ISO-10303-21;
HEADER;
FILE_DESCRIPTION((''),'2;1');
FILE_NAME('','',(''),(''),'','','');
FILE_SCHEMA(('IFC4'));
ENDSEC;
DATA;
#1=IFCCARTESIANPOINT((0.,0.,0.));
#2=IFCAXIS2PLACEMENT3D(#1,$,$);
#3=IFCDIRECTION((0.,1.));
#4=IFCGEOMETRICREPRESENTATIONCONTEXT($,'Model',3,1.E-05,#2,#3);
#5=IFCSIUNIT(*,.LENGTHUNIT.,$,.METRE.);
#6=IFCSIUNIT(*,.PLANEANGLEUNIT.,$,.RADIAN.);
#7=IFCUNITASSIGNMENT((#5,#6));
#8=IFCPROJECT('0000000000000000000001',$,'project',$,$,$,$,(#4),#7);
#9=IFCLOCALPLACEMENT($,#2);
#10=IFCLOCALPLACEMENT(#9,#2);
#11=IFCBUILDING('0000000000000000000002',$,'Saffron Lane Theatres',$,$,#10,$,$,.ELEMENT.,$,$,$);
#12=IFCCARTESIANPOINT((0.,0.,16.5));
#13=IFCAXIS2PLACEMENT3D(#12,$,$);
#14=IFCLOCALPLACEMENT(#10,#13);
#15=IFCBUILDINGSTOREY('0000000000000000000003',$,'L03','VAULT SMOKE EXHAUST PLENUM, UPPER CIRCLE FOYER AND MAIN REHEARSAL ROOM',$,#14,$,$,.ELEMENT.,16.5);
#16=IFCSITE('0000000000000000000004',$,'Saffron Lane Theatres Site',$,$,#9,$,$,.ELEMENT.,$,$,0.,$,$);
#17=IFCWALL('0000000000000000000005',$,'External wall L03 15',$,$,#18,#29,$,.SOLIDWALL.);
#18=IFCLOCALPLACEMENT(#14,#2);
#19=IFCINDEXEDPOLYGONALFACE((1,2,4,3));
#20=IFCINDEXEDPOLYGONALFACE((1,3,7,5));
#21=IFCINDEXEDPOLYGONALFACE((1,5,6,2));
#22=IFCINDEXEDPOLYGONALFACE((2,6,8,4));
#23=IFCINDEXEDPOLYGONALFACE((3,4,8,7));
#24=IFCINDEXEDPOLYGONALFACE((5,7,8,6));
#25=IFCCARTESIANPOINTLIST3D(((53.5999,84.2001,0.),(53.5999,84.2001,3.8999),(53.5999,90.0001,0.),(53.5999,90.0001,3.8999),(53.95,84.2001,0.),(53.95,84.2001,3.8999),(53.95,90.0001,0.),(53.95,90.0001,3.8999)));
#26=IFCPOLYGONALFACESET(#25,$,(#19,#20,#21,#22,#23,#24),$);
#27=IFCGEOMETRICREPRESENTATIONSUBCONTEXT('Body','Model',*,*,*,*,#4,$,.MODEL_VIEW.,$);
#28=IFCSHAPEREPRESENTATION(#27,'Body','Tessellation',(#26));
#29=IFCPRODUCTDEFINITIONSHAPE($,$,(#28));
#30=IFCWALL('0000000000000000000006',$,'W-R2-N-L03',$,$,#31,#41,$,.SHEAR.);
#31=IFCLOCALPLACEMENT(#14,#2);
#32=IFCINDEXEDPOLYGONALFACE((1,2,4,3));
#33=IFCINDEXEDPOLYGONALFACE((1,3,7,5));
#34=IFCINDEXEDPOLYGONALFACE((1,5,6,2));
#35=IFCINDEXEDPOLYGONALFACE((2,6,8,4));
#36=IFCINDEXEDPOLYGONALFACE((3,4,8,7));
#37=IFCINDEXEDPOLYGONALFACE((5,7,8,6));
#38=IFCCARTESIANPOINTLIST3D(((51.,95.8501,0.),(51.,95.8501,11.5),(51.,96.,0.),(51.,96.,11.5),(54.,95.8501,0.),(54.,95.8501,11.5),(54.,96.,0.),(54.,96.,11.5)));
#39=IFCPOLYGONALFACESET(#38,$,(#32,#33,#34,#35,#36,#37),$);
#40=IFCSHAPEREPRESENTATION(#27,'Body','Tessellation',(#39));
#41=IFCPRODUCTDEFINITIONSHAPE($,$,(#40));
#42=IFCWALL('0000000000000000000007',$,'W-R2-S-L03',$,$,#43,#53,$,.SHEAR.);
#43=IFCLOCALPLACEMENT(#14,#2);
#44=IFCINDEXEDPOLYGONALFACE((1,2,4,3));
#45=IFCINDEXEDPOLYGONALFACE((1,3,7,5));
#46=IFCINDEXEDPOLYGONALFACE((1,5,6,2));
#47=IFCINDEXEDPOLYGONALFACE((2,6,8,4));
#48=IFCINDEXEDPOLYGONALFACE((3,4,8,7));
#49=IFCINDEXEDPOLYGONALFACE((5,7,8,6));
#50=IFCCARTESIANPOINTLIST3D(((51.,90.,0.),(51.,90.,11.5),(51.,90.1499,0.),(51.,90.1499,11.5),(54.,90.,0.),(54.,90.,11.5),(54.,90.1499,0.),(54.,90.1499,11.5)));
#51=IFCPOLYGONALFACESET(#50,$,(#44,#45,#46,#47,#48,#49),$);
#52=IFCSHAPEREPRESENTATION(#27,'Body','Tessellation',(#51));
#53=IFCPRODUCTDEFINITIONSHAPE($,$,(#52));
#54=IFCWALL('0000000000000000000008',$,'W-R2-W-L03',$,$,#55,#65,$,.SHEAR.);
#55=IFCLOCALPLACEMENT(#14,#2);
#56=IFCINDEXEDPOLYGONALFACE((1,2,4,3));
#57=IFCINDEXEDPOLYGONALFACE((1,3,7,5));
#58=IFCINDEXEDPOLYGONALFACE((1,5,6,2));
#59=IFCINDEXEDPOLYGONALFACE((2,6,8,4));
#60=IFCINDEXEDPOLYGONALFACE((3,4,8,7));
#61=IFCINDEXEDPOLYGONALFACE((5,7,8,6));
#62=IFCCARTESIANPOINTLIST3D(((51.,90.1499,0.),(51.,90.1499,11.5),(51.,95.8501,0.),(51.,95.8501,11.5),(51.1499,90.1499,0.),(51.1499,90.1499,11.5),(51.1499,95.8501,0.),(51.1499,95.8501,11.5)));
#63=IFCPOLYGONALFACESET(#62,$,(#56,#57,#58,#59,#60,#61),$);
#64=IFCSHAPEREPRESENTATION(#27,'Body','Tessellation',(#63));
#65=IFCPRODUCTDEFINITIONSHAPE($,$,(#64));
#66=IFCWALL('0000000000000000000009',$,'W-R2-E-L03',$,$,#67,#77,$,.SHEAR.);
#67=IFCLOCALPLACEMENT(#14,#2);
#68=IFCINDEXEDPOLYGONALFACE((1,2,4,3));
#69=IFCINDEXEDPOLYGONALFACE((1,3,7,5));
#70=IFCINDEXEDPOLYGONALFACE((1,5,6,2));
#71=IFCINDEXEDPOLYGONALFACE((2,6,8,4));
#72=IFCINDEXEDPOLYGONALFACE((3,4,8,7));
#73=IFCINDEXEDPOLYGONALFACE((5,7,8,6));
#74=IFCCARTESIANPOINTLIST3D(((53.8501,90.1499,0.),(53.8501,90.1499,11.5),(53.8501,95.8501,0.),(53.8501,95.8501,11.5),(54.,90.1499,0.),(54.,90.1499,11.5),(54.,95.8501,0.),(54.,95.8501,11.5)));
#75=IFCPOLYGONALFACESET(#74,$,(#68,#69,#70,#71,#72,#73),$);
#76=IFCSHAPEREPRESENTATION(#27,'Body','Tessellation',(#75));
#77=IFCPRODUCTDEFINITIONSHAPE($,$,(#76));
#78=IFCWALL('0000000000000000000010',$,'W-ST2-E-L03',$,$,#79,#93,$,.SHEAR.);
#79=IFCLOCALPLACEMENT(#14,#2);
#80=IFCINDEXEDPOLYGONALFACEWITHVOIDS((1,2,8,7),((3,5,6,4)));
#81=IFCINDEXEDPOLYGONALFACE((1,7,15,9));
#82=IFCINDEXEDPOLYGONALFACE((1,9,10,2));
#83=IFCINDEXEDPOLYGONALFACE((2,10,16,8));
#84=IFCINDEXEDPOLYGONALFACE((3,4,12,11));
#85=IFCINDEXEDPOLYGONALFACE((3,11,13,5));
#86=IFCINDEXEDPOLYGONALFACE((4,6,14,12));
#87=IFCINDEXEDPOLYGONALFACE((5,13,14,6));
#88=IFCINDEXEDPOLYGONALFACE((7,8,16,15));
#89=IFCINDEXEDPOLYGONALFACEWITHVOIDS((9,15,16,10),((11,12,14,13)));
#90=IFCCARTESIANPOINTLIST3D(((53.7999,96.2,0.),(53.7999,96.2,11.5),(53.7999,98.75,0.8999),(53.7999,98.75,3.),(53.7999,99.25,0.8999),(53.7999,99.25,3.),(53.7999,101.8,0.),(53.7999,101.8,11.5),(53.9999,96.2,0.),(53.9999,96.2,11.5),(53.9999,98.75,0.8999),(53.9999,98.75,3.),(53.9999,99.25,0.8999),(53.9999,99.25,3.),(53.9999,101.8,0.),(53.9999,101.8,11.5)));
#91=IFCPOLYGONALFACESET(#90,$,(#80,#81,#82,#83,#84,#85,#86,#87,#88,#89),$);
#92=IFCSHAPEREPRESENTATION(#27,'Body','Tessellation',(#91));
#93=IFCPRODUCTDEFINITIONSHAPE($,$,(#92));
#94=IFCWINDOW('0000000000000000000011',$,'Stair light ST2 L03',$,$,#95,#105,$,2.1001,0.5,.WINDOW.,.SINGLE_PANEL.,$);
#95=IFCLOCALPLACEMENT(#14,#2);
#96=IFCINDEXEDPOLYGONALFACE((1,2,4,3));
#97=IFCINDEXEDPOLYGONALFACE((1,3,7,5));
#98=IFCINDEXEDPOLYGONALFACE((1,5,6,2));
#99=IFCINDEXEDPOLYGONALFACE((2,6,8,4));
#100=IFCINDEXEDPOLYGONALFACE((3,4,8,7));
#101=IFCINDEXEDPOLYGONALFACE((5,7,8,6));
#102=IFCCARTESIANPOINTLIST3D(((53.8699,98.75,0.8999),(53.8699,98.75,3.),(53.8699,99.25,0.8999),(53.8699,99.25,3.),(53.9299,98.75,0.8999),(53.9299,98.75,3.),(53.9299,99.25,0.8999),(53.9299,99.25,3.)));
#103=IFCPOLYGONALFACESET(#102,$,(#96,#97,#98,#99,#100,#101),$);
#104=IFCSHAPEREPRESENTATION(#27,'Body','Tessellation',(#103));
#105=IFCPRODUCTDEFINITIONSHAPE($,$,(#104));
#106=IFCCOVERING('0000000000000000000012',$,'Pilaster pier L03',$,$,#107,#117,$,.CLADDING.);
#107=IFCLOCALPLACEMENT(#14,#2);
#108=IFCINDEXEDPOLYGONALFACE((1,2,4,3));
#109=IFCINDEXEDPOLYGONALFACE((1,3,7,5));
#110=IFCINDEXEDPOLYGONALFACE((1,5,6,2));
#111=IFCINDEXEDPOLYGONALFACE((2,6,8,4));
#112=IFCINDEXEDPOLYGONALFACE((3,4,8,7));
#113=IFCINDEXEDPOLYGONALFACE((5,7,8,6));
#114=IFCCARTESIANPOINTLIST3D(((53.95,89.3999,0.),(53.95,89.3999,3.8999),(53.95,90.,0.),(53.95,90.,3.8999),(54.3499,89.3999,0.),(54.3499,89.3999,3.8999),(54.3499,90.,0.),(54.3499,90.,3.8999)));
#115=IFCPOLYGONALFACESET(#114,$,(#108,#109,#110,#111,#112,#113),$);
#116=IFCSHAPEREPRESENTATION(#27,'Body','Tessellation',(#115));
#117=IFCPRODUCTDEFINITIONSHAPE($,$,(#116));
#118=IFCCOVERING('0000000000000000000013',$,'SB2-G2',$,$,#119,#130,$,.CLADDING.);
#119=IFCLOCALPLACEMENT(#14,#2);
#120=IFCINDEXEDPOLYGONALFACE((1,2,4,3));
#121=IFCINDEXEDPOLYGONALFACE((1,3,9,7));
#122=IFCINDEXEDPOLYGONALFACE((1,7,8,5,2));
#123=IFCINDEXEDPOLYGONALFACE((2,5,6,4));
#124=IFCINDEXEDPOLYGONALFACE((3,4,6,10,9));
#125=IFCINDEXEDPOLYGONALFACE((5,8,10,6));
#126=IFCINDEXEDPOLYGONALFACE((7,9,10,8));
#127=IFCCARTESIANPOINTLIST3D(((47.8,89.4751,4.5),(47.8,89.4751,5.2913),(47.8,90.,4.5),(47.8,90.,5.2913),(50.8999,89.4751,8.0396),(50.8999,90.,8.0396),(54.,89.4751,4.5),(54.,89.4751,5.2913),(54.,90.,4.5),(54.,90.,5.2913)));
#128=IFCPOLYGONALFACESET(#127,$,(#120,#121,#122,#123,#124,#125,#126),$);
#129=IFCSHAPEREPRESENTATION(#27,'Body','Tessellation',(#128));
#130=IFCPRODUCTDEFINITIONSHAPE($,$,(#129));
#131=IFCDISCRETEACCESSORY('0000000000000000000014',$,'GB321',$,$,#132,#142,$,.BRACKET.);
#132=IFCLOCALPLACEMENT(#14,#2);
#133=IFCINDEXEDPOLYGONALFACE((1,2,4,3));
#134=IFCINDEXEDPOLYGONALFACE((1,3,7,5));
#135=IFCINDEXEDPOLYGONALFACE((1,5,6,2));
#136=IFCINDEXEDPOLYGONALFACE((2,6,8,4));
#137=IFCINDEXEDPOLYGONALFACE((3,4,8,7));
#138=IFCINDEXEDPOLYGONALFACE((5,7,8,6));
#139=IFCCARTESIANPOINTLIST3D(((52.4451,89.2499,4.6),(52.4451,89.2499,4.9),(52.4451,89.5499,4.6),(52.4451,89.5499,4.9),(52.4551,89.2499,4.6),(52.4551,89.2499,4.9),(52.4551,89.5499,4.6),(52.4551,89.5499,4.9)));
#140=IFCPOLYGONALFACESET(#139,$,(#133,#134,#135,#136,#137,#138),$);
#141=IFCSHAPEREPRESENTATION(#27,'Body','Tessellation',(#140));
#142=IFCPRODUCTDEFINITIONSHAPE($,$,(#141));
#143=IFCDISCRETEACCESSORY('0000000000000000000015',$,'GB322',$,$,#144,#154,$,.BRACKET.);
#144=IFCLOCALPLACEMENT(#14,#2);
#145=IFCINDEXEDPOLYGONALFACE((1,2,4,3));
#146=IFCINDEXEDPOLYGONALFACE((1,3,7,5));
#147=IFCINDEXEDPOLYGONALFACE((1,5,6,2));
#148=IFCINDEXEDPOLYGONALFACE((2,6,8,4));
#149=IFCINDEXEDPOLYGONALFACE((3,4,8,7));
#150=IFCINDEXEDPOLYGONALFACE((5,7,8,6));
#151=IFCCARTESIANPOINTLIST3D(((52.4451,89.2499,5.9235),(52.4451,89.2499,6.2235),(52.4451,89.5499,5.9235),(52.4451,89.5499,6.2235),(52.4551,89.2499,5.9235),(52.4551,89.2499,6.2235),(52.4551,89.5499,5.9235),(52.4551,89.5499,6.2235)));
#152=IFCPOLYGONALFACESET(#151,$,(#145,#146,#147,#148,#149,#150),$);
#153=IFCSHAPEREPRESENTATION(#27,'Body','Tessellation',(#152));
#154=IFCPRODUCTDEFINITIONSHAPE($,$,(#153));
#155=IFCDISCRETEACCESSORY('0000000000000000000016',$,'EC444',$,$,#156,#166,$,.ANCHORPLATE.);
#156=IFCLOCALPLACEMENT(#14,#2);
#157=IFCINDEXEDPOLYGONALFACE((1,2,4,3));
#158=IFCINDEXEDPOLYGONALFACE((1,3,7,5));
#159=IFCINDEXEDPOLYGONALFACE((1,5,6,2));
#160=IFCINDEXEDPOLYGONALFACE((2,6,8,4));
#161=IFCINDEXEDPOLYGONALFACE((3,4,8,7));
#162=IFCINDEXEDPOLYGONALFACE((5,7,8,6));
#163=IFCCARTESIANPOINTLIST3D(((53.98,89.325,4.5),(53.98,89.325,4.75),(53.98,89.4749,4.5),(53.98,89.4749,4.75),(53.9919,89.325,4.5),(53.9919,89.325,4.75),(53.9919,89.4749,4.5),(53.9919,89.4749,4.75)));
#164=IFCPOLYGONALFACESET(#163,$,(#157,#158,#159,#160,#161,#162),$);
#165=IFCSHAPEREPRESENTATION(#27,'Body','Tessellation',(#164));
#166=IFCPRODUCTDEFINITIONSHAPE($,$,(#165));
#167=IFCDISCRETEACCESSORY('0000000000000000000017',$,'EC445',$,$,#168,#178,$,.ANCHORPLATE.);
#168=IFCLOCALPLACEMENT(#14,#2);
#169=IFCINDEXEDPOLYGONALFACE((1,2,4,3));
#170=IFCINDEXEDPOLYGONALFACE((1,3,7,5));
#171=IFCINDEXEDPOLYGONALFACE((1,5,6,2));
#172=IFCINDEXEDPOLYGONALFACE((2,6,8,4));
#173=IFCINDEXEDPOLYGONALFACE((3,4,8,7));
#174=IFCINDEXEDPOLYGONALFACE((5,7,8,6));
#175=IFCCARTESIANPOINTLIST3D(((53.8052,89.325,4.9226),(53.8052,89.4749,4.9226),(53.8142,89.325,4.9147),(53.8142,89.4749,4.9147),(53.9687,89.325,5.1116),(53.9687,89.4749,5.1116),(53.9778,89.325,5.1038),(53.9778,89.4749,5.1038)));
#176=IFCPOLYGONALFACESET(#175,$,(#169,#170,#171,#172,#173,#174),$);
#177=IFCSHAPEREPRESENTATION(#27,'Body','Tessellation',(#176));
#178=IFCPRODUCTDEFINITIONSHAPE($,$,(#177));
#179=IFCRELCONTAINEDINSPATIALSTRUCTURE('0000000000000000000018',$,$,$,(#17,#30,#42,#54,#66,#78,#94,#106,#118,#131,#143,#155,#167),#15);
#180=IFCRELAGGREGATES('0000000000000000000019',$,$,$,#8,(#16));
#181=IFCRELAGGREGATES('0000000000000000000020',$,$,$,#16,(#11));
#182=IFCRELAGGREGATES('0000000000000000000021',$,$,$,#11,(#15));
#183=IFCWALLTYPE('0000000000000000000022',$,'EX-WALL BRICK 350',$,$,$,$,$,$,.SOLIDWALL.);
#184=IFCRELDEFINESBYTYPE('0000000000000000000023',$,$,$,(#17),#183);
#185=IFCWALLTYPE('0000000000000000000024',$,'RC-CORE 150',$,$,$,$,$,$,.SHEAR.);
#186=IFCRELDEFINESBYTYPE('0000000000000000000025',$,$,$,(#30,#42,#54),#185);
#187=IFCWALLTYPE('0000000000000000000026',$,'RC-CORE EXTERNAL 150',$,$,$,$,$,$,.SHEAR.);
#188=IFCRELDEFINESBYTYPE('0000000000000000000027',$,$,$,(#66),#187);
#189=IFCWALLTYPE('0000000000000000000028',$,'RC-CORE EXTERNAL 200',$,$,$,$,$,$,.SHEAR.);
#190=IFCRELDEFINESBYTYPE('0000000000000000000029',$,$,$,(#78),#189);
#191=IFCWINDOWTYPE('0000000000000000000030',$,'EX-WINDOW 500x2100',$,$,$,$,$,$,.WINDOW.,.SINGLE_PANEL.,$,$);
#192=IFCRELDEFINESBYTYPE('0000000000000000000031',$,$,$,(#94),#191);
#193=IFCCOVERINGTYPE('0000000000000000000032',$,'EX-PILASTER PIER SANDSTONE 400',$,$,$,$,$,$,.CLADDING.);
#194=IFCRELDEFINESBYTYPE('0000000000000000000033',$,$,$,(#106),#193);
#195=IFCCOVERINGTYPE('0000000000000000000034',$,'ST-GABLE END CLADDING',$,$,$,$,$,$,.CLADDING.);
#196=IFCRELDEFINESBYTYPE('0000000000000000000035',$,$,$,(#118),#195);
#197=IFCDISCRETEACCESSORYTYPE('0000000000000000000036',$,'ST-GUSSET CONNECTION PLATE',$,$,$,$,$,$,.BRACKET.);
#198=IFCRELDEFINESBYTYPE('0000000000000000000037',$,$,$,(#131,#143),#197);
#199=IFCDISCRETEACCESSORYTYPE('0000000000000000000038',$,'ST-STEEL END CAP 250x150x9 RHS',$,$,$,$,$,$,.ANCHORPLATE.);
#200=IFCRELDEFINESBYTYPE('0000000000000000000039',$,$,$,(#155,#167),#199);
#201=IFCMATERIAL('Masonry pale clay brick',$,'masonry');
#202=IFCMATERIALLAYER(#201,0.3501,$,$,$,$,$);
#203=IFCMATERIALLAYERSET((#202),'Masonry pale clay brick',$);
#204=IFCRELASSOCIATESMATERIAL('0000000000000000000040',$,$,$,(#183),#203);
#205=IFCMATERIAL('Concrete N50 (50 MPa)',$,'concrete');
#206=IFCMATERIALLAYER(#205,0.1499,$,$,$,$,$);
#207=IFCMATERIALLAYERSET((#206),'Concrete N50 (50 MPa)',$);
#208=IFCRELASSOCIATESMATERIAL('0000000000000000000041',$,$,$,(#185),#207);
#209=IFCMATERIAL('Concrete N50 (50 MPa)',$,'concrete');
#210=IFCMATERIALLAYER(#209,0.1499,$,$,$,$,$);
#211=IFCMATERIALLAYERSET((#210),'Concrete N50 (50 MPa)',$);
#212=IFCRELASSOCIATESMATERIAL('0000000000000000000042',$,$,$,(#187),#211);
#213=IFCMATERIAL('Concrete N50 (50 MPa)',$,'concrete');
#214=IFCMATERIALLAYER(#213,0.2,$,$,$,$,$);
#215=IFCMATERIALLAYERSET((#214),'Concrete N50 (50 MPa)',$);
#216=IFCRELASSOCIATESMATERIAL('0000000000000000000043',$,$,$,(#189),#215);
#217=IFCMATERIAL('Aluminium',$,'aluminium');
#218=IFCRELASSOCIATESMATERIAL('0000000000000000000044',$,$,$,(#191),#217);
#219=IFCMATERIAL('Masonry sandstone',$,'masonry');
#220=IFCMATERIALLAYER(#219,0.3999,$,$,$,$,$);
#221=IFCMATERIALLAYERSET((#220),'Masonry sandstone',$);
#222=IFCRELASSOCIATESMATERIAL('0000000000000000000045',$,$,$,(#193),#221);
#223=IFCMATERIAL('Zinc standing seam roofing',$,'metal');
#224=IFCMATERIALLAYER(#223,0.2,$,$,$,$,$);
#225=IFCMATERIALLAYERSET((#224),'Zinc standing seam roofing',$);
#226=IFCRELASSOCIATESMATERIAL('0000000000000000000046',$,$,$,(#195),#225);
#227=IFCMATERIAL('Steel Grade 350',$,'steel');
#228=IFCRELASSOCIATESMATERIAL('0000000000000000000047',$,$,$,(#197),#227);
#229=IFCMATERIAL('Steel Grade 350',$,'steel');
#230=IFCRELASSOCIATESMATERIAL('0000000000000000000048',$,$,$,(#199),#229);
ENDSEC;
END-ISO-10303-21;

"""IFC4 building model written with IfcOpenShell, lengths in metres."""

from ifc_helpers import new_model, si_unit, direction, frame, frame_2d, origin, origin_2d, place, context, subcontext, project, spatial, polyline, rectangle, outline, extrude, material, layer, layer_set, material_profile, profile_set, type_object, element, fill, save


model = new_model("IFC4")

# Units and contexts
model_context = context("Model", 3, precision=1e-05, world=origin(), true_north=direction((0.0, 1.0)))
body_context = subcontext(model_context, "Body", "Model", "MODEL_VIEW")
ifc_project = project(units=[si_unit("LENGTHUNIT", "METRE"), si_unit("PLANEANGLEUNIT", "RADIAN")], contexts=[model_context])

# Site, building, storey
site_placement = place(None, origin())
site = spatial("IfcSite", under=ifc_project, at=site_placement, Name="Saffron Lane Theatres Site", CompositionType="ELEMENT", RefElevation=0.0)
building_placement = place(site_placement, origin())
building = spatial("IfcBuilding", under=site, at=building_placement, Name="Saffron Lane Theatres", CompositionType="ELEMENT")
storey_placement = place(building_placement, frame((0.0, 0.0, 16.5)))
storey = spatial("IfcBuildingStorey", under=building, at=storey_placement, Name="L03", Description="VAULT SMOKE EXHAUST PLENUM, UPPER CIRCLE FOYER AND MAIN REHEARSAL ROOM", CompositionType="ELEMENT", Elevation=16.5)

# Walls
ifc_material_1 = material(Name="Masonry pale clay brick", Category="masonry")
ifc_layer_1 = layer(ifc_material_1, 0.3501)
ifc_layer_set_1 = layer_set([ifc_layer_1], Name="Masonry pale clay brick")
wall_type_1 = type_object("IfcWallType", Name="EX-WALL BRICK 350", PredefinedType="SOLIDWALL", material=ifc_layer_set_1)
wall_1_placement = place(storey_placement, frame((53.7749, 90.0, 0.0), z_axis=(0.0, 0.0, 1.0), x_axis=(0.0, -1.0, 0.0)))
element("IfcWall", 1, at=wall_1_placement, inside=storey, type_object=wall_type_1, Name="External wall L03 15", PredefinedType="SOLIDWALL", context=body_context, shape_type="SweptSolid", body=[
    extrude(rectangle(XDim=5.8, YDim=0.3501, at=frame_2d((2.8999, 0.0))), origin(), (0.0, 0.0, 1.0), 3.8999),
])
ifc_material_2 = material(Name="Concrete N50 (50 MPa)", Category="concrete")
ifc_layer_2 = layer(ifc_material_2, 0.1499)
ifc_layer_set_2 = layer_set([ifc_layer_2], Name="Concrete N50 (50 MPa)")
wall_type_2 = type_object("IfcWallType", Name="RC-CORE 150", PredefinedType="SHEAR", material=ifc_layer_set_2)
for number, where, z_axis, x_axis, name in (
    (2, (51.0, 95.925, 0.0), (0.0, 0.0, 1.0), (1.0, 0.0, 0.0), "W-R2-N-L03"),
    (3, (51.0, 90.075, 0.0), (0.0, 0.0, 1.0), (1.0, 0.0, 0.0), "W-R2-S-L03"),
):
    element("IfcWall", number, at=place(storey_placement, frame(where, z_axis=z_axis, x_axis=x_axis)), inside=storey, type_object=wall_type_2, Name=name, PredefinedType="SHEAR", context=body_context, shape_type="SweptSolid", body=[
        extrude(rectangle(XDim=3.0, YDim=0.1499, at=frame_2d((1.5, 0.0))), origin(), (0.0, 0.0, 1.0), 11.5),
    ])
wall_2_placement = place(storey_placement, frame((51.075, 90.1499, 0.0), z_axis=(0.0, 0.0, 1.0), x_axis=(0.0, 1.0, 0.0)))
element("IfcWall", 4, at=wall_2_placement, inside=storey, type_object=wall_type_2, Name="W-R2-W-L03", PredefinedType="SHEAR", context=body_context, shape_type="SweptSolid", body=[
    extrude(rectangle(XDim=5.7002, YDim=0.1499, at=frame_2d((2.8501, 0.0))), origin(), (0.0, 0.0, 1.0), 11.5),
])
ifc_material_3 = material(Name="Concrete N50 (50 MPa)", Category="concrete")
ifc_layer_3 = layer(ifc_material_3, 0.1499)
ifc_layer_set_3 = layer_set([ifc_layer_3], Name="Concrete N50 (50 MPa)")
wall_type_3 = type_object("IfcWallType", Name="RC-CORE EXTERNAL 150", PredefinedType="SHEAR", material=ifc_layer_set_3)
wall_3_placement = place(storey_placement, frame((53.925, 90.1499, 0.0), z_axis=(0.0, 0.0, 1.0), x_axis=(0.0, 1.0, 0.0)))
element("IfcWall", 5, at=wall_3_placement, inside=storey, type_object=wall_type_3, Name="W-R2-E-L03", PredefinedType="SHEAR", context=body_context, shape_type="SweptSolid", body=[
    extrude(rectangle(XDim=5.7002, YDim=0.1499, at=frame_2d((2.8501, 0.0))), origin(), (0.0, 0.0, 1.0), 11.5),
])

# Wall, opening, window
ifc_material_4 = material(Name="Concrete N50 (50 MPa)", Category="concrete")
ifc_layer_4 = layer(ifc_material_4, 0.2)
ifc_layer_set_4 = layer_set([ifc_layer_4], Name="Concrete N50 (50 MPa)")
wall_type_4 = type_object("IfcWallType", Name="RC-CORE EXTERNAL 200", PredefinedType="SHEAR", material=ifc_layer_set_4)
wall_4_placement = place(storey_placement, frame((53.8999, 96.2, 0.0), z_axis=(0.0, 0.0, 1.0), x_axis=(0.0, 1.0, 0.0)))
wall_4 = element("IfcWall", 6, at=wall_4_placement, inside=storey, type_object=wall_type_4, Name="W-ST2-E-L03", PredefinedType="SHEAR", context=body_context, shape_type="SweptSolid", body=[
    extrude(rectangle(XDim=5.6001, YDim=0.2, at=frame_2d((2.8, 0.0))), origin(), (0.0, 0.0, 1.0), 11.5),
])
opening_placement = place(wall_4_placement, frame((2.55, 0.0, 0.8999)))
opening = element("IfcOpeningElement", 7, at=opening_placement, cuts=wall_4, PredefinedType="OPENING", context=body_context, shape_type="SweptSolid", body=[
    extrude(rectangle(XDim=0.5, YDim=2.1001, at=frame_2d((0.25, 1.05))), frame((0.0, 0.1099, 0.0), z_axis=(0.0, -1.0, 0.0), x_axis=(1.0, 0.0, 0.0)), (0.0, 0.0, 1.0), 0.22),
])
ifc_material_5 = material(Name="Aluminium", Category="aluminium")
window_type = type_object("IfcWindowType", Name="EX-WINDOW 500x2100", PartitioningType="SINGLE_PANEL", PredefinedType="WINDOW", material=ifc_material_5)
window_placement = place(opening_placement, origin())
window = element("IfcWindow", 8, at=window_placement, inside=storey, type_object=window_type, Name="Stair light ST2 L03", OverallHeight=2.1001, OverallWidth=0.5, PartitioningType="SINGLE_PANEL", PredefinedType="WINDOW", context=body_context, shape_type="SweptSolid", body=[
    extrude(rectangle(XDim=0.5, YDim=2.1001, at=frame_2d((0.25, 1.05))), frame((0.0, 0.03, 0.0), z_axis=(0.0, -1.0, 0.0), x_axis=(1.0, 0.0, 0.0)), (0.0, 0.0, 1.0), 0.0601),
])
fill(opening, window)

# Coverings
ifc_material_6 = material(Name="Masonry sandstone", Category="masonry")
ifc_layer_5 = layer(ifc_material_6, 0.3999)
ifc_layer_set_5 = layer_set([ifc_layer_5], Name="Masonry sandstone")
covering_type_1 = type_object("IfcCoveringType", Name="EX-PILASTER PIER SANDSTONE 400", PredefinedType="CLADDING", material=ifc_layer_set_5)
covering_1_placement = place(storey_placement, frame((54.1499, 89.7, 0.0), z_axis=(0.0, 0.0, 1.0), x_axis=(0.0, -1.0, 0.0)))
element("IfcCovering", 9, at=covering_1_placement, inside=storey, type_object=covering_type_1, Name="Pilaster pier L03", PredefinedType="CLADDING", context=body_context, shape_type="SweptSolid", body=[
    extrude(rectangle(XDim=0.6001, YDim=0.3999, at=origin_2d()), origin(), (0.0, 0.0, 1.0), 3.8999),
])
ifc_material_7 = material(Name="Zinc standing seam roofing", Category="metal")
ifc_layer_6 = layer(ifc_material_7, 0.2)
ifc_layer_set_6 = layer_set([ifc_layer_6], Name="Zinc standing seam roofing")
covering_type_2 = type_object("IfcCoveringType", Name="ST-GABLE END CLADDING", PredefinedType="CLADDING", material=ifc_layer_set_6)
covering_2_placement = place(storey_placement, frame((54.0, 90.0, 4.5), z_axis=(0.0, 1.0, 0.0), x_axis=(-1.0, 0.0, 0.0)))
element("IfcCovering", 10, at=covering_2_placement, inside=storey, type_object=covering_type_2, Name="SB2-G2", PredefinedType="CLADDING", context=body_context, shape_type="SweptSolid", body=[
    extrude(outline(polyline([(0.0, 0.0), (6.2, 0.0), (6.2, 0.7913), (3.1001, 3.5396), (0.0, 0.7913), (0.0, 0.0)])), origin(), (0.0, 0.0, -1.0), 0.5249),
])

# Discrete accessories
ifc_material_8 = material(Name="Steel Grade 350", Category="steel")
ifc_material_profile_1 = material_profile(ifc_material_8, rectangle(XDim=0.3, YDim=0.3, at=origin_2d()))
ifc_profile_set_1 = profile_set([ifc_material_profile_1], Name="Steel Grade 350")
discrete_accessory_type_1 = type_object("IfcDiscreteAccessoryType", Name="ST-GUSSET CONNECTION PLATE", PredefinedType="BRACKET", material=ifc_profile_set_1)
for number, where, z_axis, x_axis, name in (
    (11, (52.4451, 89.3999, 4.75), (1.0, 0.0, 0.0), (0.0, 1.0, 0.0), "GB321"),
    (12, (52.4451, 89.3999, 6.0735), (1.0, 0.0, 0.0), (0.0, 1.0, 0.0), "GB322"),
):
    element("IfcDiscreteAccessory", number, at=place(storey_placement, frame(where, z_axis=z_axis, x_axis=x_axis)), inside=storey, type_object=discrete_accessory_type_1, Name=name, PredefinedType="BRACKET", context=body_context, shape_type="SweptSolid", body=[
        extrude(rectangle(XDim=0.3, YDim=0.3, at=origin_2d()), origin(), (0.0, 0.0, 1.0), 0.01),
    ])
ifc_material_9 = material(Name="Steel Grade 350", Category="steel")
ifc_material_profile_2 = material_profile(ifc_material_9, rectangle(XDim=0.1499, YDim=0.25, at=origin_2d()))
ifc_profile_set_2 = profile_set([ifc_material_profile_2], Name="Steel Grade 350")
discrete_accessory_type_2 = type_object("IfcDiscreteAccessoryType", Name="ST-STEEL END CAP 250x150x9 RHS", PredefinedType="ANCHORPLATE", material=ifc_profile_set_2)
for number, where, z_axis, x_axis, name in (
    (13, (53.9919, 89.3999, 4.625), (-1.0, 0.0, 0.0), (0.0, -1.0, 0.0), "EC444"),
    (14, (53.896, 89.3999, 5.0093), (-0.756363, 0.0, 0.654152), (0.0, -1.0, 0.0), "EC445"),
):
    element("IfcDiscreteAccessory", number, at=place(storey_placement, frame(where, z_axis=z_axis, x_axis=x_axis)), inside=storey, type_object=discrete_accessory_type_2, Name=name, PredefinedType="ANCHORPLATE", context=body_context, shape_type="SweptSolid", body=[
        extrude(rectangle(XDim=0.1499, YDim=0.25, at=origin_2d()), origin(), (0.0, 0.0, 1.0), 0.012),
    ])

save(model, "model.ifc")
